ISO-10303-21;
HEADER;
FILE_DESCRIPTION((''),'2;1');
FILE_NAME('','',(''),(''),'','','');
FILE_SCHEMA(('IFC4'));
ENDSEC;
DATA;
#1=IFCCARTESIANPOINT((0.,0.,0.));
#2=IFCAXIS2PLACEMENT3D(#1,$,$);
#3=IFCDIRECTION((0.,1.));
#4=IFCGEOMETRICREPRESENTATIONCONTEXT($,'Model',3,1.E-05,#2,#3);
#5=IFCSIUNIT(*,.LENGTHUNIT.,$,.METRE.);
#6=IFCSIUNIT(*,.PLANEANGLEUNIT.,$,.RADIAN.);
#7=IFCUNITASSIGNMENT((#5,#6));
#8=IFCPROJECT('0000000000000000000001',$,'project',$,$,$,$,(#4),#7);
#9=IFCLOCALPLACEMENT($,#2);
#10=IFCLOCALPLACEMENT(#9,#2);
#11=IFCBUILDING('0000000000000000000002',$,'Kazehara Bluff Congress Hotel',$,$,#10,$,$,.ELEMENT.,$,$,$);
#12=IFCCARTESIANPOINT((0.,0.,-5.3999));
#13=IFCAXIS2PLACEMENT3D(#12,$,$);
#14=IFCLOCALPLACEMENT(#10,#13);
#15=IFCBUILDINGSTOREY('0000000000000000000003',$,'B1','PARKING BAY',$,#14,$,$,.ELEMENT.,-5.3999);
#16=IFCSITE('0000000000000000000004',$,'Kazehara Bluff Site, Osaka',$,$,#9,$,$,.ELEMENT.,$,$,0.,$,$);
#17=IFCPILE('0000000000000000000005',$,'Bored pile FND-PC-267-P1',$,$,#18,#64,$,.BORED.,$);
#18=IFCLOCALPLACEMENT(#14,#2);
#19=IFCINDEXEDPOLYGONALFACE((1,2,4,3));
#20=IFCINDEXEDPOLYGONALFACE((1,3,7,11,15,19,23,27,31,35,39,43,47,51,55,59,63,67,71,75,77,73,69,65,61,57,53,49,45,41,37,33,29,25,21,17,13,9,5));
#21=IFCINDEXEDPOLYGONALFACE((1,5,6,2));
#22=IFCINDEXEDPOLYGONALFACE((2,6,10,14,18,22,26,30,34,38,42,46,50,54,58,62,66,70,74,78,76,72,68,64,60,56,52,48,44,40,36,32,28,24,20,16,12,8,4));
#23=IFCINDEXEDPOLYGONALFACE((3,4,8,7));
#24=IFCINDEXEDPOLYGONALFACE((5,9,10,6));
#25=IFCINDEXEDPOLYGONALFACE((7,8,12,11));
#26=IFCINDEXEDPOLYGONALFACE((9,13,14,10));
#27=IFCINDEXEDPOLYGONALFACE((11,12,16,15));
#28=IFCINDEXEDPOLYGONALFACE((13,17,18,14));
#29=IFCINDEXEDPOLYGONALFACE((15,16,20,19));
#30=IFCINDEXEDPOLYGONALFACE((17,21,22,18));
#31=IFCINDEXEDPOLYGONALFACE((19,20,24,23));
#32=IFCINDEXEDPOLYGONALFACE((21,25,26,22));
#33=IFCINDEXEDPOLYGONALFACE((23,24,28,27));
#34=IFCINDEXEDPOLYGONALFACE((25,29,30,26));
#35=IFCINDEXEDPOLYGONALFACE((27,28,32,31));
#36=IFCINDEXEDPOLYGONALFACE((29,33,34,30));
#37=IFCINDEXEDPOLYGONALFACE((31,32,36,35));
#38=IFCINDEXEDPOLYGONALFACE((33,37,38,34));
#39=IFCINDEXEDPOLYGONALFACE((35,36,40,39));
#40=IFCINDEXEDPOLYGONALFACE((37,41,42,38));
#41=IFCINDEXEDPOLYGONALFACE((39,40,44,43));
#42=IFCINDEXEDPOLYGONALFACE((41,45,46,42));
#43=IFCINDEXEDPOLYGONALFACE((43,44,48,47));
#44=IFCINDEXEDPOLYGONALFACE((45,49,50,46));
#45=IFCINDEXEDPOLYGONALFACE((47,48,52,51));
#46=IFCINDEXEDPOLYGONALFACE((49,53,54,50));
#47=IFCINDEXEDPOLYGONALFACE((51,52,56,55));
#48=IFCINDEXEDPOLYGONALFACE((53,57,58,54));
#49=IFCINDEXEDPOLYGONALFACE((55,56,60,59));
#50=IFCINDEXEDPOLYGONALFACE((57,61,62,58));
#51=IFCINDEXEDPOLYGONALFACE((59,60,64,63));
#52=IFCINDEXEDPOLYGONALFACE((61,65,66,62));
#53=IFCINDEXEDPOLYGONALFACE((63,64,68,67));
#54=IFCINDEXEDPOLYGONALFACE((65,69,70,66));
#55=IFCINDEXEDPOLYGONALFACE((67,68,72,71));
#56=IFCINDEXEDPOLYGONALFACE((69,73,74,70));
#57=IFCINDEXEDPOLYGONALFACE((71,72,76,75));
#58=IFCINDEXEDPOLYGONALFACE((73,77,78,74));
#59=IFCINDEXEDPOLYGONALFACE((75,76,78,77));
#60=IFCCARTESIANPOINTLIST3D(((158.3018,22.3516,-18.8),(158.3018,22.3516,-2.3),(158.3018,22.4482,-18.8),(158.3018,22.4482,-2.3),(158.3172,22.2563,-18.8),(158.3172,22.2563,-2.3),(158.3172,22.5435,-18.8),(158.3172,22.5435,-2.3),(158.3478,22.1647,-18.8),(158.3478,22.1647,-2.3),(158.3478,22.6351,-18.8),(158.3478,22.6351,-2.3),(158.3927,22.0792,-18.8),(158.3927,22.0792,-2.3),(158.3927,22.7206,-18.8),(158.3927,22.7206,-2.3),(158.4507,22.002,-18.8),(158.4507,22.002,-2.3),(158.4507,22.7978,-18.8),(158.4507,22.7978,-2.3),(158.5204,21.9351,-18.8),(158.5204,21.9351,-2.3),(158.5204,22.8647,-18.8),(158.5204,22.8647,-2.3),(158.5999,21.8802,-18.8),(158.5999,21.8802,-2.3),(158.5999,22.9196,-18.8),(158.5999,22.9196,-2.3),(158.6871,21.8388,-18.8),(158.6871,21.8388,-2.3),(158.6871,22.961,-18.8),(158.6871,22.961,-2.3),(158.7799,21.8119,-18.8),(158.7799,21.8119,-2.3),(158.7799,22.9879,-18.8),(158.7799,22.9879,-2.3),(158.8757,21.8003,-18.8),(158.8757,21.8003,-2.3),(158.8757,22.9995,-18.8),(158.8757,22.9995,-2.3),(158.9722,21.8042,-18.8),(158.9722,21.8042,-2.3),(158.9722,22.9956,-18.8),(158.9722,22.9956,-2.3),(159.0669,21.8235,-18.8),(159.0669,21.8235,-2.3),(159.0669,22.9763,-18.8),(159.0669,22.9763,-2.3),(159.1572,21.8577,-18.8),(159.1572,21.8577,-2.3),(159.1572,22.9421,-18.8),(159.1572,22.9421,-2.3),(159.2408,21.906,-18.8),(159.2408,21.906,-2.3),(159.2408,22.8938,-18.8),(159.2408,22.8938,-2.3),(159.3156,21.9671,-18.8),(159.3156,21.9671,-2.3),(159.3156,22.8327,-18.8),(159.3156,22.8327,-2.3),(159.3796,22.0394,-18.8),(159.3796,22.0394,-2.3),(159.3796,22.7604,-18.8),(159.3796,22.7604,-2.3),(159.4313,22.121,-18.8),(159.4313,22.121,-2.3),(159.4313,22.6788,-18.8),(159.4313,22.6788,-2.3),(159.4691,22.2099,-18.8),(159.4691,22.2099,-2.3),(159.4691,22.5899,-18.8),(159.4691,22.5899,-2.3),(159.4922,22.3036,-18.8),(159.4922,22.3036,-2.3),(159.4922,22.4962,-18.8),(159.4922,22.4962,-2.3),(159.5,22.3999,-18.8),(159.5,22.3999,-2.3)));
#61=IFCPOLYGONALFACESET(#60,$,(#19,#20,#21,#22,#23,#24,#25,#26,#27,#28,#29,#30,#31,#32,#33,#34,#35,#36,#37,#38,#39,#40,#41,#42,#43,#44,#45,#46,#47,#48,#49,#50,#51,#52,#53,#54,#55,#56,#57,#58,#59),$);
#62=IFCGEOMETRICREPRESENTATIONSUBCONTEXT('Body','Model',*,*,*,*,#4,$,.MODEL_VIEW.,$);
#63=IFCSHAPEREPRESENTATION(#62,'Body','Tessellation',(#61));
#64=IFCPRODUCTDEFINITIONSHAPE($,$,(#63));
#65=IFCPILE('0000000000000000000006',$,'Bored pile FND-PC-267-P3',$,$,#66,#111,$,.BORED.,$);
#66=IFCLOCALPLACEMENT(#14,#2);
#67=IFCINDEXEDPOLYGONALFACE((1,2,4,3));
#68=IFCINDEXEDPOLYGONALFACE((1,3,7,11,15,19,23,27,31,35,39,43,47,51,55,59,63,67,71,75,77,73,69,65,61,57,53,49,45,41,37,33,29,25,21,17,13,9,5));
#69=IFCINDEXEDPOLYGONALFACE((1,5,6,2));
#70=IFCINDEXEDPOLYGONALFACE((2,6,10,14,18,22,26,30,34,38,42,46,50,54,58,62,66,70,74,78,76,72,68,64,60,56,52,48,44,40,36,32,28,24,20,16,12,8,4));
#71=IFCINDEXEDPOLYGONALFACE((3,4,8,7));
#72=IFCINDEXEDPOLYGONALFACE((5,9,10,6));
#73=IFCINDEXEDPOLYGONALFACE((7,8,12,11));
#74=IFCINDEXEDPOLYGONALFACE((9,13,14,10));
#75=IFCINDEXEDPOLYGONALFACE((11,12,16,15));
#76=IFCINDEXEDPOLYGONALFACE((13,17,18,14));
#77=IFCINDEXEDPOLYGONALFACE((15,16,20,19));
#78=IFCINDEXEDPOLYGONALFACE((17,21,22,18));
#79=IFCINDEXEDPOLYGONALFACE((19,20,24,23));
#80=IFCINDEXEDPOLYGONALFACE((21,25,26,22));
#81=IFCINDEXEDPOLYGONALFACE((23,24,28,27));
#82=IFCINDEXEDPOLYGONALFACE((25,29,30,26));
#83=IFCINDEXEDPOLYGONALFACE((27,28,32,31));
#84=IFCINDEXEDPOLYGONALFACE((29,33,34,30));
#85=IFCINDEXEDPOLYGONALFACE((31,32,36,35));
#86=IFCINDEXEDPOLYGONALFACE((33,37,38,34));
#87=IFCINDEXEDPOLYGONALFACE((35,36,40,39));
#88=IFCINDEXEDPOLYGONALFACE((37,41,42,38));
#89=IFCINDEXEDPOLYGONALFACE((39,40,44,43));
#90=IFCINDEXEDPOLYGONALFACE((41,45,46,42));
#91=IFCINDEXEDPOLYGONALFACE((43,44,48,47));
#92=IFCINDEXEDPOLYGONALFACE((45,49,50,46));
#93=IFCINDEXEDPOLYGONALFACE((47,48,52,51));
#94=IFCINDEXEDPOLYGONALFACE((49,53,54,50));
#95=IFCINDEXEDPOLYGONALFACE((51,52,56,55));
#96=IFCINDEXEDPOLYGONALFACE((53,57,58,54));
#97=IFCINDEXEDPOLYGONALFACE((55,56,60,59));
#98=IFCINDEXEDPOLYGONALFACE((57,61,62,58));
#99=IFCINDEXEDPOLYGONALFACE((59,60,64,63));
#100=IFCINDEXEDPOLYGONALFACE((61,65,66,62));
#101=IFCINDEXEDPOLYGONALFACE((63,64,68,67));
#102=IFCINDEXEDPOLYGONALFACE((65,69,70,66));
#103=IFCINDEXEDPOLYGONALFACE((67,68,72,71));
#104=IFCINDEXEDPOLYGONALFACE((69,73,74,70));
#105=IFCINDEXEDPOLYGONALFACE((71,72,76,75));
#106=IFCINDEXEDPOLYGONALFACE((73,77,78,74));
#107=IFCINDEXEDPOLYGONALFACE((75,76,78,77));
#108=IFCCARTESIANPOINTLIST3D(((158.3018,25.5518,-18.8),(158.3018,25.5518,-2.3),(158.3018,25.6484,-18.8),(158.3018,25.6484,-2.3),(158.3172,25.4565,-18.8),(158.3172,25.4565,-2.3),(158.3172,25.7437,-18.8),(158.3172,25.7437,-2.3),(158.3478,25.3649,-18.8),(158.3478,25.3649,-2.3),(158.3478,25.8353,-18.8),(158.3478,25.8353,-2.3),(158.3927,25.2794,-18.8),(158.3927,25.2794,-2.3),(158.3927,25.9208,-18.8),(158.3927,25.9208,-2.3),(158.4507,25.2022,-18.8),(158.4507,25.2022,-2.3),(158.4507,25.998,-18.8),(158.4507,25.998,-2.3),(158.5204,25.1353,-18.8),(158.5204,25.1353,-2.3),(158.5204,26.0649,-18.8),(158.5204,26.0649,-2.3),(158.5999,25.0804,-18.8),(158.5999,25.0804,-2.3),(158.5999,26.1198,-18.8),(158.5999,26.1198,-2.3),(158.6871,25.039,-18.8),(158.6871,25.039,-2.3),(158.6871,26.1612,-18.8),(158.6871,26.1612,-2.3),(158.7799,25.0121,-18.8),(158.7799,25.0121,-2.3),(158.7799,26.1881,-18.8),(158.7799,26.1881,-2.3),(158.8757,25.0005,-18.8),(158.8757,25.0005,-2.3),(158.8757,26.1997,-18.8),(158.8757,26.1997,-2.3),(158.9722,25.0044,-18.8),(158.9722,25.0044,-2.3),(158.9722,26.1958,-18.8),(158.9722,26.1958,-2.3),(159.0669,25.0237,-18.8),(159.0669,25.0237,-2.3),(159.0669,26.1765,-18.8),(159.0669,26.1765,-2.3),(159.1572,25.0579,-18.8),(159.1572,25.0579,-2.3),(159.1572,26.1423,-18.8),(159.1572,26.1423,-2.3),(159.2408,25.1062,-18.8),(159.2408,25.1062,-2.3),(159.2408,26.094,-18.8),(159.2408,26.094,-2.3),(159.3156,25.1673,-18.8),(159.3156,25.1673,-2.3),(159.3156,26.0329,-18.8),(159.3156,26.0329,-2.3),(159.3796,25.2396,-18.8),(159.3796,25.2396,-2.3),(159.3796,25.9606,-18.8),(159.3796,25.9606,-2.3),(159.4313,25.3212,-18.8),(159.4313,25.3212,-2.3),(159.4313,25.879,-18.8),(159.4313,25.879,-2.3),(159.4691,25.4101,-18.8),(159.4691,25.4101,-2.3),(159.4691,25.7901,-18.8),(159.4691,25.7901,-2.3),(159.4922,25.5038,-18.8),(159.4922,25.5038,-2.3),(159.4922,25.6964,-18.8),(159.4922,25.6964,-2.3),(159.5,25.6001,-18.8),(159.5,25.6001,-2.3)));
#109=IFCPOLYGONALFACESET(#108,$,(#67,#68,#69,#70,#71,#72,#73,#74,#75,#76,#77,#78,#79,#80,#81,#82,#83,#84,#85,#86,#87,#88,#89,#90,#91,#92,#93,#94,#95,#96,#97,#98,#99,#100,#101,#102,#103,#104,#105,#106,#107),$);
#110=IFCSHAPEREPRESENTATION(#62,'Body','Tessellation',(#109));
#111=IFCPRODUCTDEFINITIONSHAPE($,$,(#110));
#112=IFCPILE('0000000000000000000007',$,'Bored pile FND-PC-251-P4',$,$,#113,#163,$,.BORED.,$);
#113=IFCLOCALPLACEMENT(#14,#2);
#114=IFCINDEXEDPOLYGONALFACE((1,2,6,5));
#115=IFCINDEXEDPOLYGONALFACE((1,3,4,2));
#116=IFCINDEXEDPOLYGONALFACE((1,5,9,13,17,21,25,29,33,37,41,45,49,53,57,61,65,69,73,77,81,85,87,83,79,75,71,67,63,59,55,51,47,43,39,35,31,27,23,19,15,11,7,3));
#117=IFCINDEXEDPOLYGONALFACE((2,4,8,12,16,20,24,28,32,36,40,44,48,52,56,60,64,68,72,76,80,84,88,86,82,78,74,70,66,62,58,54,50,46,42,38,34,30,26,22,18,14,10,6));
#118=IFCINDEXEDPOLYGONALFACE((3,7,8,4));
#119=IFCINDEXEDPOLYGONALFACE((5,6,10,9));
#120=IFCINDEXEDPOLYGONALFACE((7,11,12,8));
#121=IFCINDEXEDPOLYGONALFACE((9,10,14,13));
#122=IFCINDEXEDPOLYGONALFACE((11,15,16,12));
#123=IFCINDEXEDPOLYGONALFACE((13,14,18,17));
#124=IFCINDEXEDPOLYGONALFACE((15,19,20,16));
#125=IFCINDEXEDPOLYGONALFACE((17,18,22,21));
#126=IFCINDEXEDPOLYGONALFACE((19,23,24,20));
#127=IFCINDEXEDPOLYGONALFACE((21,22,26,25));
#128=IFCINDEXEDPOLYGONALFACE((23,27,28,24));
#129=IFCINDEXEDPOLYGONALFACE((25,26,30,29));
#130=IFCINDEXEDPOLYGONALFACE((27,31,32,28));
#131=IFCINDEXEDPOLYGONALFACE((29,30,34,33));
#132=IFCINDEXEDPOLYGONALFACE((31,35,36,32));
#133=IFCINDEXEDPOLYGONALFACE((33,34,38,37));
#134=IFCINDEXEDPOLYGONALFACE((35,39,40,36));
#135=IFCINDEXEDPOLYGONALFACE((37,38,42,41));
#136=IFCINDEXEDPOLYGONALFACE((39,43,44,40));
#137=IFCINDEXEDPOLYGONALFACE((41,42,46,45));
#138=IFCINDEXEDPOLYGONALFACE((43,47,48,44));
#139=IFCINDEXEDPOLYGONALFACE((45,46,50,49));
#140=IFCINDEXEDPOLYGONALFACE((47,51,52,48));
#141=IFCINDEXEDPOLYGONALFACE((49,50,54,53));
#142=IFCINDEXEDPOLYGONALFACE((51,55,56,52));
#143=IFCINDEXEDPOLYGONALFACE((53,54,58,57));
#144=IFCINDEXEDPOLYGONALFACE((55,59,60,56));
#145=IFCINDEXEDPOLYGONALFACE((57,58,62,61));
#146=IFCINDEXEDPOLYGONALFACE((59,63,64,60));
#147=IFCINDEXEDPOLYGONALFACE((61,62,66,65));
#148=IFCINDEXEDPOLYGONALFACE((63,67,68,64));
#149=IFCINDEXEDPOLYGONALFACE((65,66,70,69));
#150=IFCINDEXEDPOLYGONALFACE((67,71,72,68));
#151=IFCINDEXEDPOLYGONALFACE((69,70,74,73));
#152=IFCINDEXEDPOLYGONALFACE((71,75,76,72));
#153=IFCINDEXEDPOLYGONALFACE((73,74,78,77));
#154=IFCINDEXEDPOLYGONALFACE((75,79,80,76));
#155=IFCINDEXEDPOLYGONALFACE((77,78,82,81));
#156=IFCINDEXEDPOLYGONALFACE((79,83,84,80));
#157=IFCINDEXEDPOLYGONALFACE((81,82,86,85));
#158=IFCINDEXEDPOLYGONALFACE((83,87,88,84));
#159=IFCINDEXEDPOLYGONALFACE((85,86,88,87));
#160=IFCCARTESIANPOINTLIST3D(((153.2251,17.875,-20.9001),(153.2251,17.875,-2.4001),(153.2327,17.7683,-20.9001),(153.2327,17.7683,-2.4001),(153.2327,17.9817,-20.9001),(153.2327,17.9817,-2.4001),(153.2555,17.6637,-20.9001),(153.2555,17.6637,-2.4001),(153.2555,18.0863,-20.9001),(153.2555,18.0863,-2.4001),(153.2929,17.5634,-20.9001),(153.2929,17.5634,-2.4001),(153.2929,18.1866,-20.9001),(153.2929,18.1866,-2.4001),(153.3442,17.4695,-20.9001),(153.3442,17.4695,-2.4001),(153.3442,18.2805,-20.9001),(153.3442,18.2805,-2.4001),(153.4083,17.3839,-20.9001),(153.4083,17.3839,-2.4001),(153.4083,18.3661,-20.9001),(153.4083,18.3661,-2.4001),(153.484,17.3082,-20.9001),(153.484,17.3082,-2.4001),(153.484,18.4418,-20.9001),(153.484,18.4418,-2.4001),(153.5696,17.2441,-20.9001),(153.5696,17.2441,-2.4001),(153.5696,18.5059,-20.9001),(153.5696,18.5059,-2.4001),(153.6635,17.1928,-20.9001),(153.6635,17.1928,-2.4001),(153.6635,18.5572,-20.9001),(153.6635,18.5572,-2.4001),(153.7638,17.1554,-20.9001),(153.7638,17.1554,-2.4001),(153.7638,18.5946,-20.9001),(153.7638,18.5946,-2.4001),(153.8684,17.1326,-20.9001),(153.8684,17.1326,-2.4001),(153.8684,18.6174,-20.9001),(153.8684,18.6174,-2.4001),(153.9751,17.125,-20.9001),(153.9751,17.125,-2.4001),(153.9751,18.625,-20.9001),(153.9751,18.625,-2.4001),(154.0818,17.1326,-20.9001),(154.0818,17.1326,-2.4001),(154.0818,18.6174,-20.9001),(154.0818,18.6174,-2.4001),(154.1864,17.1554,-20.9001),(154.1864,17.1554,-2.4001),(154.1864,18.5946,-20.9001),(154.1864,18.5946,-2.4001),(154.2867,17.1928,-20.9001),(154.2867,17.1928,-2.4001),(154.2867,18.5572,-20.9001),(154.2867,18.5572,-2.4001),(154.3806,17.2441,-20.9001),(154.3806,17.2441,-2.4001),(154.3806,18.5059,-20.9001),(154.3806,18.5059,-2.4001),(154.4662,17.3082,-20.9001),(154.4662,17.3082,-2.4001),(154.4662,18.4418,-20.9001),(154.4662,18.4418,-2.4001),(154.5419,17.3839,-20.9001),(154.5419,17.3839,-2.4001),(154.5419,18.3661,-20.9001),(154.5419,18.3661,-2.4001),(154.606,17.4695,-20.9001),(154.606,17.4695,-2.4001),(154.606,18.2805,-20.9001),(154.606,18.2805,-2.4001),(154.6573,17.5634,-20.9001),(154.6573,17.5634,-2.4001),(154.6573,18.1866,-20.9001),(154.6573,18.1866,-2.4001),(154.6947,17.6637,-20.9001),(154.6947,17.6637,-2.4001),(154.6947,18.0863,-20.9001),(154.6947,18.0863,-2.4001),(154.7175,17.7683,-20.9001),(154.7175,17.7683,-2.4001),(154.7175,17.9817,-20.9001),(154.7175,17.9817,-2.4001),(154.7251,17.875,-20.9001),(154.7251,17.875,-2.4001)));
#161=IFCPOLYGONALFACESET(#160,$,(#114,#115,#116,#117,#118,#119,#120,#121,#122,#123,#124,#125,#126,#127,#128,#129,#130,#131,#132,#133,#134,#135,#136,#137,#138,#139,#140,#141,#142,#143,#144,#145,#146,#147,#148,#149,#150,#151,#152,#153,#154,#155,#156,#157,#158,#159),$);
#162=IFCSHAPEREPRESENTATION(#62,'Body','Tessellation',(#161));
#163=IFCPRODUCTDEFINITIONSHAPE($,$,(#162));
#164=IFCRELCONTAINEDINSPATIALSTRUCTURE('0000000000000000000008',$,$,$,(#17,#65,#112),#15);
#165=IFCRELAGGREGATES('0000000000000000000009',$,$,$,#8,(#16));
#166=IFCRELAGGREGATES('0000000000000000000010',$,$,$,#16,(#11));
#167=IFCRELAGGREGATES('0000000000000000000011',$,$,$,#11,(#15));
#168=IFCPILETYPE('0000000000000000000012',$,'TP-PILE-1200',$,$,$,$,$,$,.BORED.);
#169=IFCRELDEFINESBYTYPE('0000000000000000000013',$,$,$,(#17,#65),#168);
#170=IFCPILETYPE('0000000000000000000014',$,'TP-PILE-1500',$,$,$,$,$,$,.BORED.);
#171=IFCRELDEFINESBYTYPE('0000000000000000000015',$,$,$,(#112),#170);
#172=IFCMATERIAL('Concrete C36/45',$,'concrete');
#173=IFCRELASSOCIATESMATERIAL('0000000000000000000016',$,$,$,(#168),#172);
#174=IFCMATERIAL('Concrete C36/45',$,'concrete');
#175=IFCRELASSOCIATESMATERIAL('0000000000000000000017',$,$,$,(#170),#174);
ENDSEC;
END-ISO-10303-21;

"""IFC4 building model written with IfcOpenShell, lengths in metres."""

from ifc_helpers import new_model, si_unit, direction, frame, origin, origin_2d, place, context, subcontext, project, spatial, circle, extrude, material, material_profile, profile_set, type_object, element, save


model = new_model("IFC4")

# Units and contexts
model_context = context("Model", 3, precision=1e-05, world=origin(), true_north=direction((0.0, 1.0)))
body_context = subcontext(model_context, "Body", "Model", "MODEL_VIEW")
ifc_project = project(units=[si_unit("LENGTHUNIT", "METRE"), si_unit("PLANEANGLEUNIT", "RADIAN")], contexts=[model_context])

# Site, building, storey
site_placement = place(None, origin())
site = spatial("IfcSite", under=ifc_project, at=site_placement, Name="Kazehara Bluff Site, Osaka", CompositionType="ELEMENT", RefElevation=0.0)
building_placement = place(site_placement, origin())
building = spatial("IfcBuilding", under=site, at=building_placement, Name="Kazehara Bluff Congress Hotel", CompositionType="ELEMENT")
storey_placement = place(building_placement, frame((0.0, 0.0, -5.3999)))
storey = spatial("IfcBuildingStorey", under=building, at=storey_placement, Name="B1", Description="PARKING BAY", CompositionType="ELEMENT", Elevation=-5.3999)

# Piles
ifc_material_1 = material(Name="Concrete C36/45", Category="concrete")
ifc_material_profile_1 = material_profile(ifc_material_1, circle(Radius=0.6001, at=origin_2d()))
ifc_profile_set_1 = profile_set([ifc_material_profile_1], Name="Concrete C36/45")
pile_type_1 = type_object("IfcPileType", Name="TP-PILE-1200", PredefinedType="BORED", material=ifc_profile_set_1)
for number, where, z_axis, x_axis, name in (
    (1, (158.8999, 22.3999, -2.3), (0.0, 0.0, -1.0), (1.0, 0.0, 0.0), "Bored pile FND-PC-267-P1"),
    (2, (158.8999, 25.6001, -2.3), (0.0, 0.0, -1.0), (1.0, 0.0, 0.0), "Bored pile FND-PC-267-P3"),
):
    element("IfcPile", number, at=place(storey_placement, frame(where, z_axis=z_axis, x_axis=x_axis)), inside=storey, type_object=pile_type_1, Name=name, PredefinedType="BORED", context=body_context, shape_type="SweptSolid", body=[
        extrude(circle(Radius=0.6001, at=origin_2d()), origin(), (0.0, 0.0, 1.0), 16.5),
    ])
ifc_material_2 = material(Name="Concrete C36/45", Category="concrete")
ifc_material_profile_2 = material_profile(ifc_material_2, circle(Radius=0.75, at=origin_2d()))
ifc_profile_set_2 = profile_set([ifc_material_profile_2], Name="Concrete C36/45")
pile_type_2 = type_object("IfcPileType", Name="TP-PILE-1500", PredefinedType="BORED", material=ifc_profile_set_2)
for number, where, z_axis, x_axis, name in (
    (3, (153.9751, 17.875, -2.4001), (0.0, 0.0, -1.0), (1.0, 0.0, 0.0), "Bored pile FND-PC-251-P4"),
):
    element("IfcPile", number, at=place(storey_placement, frame(where, z_axis=z_axis, x_axis=x_axis)), inside=storey, type_object=pile_type_2, Name=name, PredefinedType="BORED", context=body_context, shape_type="SweptSolid", body=[
        extrude(circle(Radius=0.75, at=origin_2d()), origin(), (0.0, 0.0, 1.0), 18.5),
    ])

save(model, "model.ifc")
